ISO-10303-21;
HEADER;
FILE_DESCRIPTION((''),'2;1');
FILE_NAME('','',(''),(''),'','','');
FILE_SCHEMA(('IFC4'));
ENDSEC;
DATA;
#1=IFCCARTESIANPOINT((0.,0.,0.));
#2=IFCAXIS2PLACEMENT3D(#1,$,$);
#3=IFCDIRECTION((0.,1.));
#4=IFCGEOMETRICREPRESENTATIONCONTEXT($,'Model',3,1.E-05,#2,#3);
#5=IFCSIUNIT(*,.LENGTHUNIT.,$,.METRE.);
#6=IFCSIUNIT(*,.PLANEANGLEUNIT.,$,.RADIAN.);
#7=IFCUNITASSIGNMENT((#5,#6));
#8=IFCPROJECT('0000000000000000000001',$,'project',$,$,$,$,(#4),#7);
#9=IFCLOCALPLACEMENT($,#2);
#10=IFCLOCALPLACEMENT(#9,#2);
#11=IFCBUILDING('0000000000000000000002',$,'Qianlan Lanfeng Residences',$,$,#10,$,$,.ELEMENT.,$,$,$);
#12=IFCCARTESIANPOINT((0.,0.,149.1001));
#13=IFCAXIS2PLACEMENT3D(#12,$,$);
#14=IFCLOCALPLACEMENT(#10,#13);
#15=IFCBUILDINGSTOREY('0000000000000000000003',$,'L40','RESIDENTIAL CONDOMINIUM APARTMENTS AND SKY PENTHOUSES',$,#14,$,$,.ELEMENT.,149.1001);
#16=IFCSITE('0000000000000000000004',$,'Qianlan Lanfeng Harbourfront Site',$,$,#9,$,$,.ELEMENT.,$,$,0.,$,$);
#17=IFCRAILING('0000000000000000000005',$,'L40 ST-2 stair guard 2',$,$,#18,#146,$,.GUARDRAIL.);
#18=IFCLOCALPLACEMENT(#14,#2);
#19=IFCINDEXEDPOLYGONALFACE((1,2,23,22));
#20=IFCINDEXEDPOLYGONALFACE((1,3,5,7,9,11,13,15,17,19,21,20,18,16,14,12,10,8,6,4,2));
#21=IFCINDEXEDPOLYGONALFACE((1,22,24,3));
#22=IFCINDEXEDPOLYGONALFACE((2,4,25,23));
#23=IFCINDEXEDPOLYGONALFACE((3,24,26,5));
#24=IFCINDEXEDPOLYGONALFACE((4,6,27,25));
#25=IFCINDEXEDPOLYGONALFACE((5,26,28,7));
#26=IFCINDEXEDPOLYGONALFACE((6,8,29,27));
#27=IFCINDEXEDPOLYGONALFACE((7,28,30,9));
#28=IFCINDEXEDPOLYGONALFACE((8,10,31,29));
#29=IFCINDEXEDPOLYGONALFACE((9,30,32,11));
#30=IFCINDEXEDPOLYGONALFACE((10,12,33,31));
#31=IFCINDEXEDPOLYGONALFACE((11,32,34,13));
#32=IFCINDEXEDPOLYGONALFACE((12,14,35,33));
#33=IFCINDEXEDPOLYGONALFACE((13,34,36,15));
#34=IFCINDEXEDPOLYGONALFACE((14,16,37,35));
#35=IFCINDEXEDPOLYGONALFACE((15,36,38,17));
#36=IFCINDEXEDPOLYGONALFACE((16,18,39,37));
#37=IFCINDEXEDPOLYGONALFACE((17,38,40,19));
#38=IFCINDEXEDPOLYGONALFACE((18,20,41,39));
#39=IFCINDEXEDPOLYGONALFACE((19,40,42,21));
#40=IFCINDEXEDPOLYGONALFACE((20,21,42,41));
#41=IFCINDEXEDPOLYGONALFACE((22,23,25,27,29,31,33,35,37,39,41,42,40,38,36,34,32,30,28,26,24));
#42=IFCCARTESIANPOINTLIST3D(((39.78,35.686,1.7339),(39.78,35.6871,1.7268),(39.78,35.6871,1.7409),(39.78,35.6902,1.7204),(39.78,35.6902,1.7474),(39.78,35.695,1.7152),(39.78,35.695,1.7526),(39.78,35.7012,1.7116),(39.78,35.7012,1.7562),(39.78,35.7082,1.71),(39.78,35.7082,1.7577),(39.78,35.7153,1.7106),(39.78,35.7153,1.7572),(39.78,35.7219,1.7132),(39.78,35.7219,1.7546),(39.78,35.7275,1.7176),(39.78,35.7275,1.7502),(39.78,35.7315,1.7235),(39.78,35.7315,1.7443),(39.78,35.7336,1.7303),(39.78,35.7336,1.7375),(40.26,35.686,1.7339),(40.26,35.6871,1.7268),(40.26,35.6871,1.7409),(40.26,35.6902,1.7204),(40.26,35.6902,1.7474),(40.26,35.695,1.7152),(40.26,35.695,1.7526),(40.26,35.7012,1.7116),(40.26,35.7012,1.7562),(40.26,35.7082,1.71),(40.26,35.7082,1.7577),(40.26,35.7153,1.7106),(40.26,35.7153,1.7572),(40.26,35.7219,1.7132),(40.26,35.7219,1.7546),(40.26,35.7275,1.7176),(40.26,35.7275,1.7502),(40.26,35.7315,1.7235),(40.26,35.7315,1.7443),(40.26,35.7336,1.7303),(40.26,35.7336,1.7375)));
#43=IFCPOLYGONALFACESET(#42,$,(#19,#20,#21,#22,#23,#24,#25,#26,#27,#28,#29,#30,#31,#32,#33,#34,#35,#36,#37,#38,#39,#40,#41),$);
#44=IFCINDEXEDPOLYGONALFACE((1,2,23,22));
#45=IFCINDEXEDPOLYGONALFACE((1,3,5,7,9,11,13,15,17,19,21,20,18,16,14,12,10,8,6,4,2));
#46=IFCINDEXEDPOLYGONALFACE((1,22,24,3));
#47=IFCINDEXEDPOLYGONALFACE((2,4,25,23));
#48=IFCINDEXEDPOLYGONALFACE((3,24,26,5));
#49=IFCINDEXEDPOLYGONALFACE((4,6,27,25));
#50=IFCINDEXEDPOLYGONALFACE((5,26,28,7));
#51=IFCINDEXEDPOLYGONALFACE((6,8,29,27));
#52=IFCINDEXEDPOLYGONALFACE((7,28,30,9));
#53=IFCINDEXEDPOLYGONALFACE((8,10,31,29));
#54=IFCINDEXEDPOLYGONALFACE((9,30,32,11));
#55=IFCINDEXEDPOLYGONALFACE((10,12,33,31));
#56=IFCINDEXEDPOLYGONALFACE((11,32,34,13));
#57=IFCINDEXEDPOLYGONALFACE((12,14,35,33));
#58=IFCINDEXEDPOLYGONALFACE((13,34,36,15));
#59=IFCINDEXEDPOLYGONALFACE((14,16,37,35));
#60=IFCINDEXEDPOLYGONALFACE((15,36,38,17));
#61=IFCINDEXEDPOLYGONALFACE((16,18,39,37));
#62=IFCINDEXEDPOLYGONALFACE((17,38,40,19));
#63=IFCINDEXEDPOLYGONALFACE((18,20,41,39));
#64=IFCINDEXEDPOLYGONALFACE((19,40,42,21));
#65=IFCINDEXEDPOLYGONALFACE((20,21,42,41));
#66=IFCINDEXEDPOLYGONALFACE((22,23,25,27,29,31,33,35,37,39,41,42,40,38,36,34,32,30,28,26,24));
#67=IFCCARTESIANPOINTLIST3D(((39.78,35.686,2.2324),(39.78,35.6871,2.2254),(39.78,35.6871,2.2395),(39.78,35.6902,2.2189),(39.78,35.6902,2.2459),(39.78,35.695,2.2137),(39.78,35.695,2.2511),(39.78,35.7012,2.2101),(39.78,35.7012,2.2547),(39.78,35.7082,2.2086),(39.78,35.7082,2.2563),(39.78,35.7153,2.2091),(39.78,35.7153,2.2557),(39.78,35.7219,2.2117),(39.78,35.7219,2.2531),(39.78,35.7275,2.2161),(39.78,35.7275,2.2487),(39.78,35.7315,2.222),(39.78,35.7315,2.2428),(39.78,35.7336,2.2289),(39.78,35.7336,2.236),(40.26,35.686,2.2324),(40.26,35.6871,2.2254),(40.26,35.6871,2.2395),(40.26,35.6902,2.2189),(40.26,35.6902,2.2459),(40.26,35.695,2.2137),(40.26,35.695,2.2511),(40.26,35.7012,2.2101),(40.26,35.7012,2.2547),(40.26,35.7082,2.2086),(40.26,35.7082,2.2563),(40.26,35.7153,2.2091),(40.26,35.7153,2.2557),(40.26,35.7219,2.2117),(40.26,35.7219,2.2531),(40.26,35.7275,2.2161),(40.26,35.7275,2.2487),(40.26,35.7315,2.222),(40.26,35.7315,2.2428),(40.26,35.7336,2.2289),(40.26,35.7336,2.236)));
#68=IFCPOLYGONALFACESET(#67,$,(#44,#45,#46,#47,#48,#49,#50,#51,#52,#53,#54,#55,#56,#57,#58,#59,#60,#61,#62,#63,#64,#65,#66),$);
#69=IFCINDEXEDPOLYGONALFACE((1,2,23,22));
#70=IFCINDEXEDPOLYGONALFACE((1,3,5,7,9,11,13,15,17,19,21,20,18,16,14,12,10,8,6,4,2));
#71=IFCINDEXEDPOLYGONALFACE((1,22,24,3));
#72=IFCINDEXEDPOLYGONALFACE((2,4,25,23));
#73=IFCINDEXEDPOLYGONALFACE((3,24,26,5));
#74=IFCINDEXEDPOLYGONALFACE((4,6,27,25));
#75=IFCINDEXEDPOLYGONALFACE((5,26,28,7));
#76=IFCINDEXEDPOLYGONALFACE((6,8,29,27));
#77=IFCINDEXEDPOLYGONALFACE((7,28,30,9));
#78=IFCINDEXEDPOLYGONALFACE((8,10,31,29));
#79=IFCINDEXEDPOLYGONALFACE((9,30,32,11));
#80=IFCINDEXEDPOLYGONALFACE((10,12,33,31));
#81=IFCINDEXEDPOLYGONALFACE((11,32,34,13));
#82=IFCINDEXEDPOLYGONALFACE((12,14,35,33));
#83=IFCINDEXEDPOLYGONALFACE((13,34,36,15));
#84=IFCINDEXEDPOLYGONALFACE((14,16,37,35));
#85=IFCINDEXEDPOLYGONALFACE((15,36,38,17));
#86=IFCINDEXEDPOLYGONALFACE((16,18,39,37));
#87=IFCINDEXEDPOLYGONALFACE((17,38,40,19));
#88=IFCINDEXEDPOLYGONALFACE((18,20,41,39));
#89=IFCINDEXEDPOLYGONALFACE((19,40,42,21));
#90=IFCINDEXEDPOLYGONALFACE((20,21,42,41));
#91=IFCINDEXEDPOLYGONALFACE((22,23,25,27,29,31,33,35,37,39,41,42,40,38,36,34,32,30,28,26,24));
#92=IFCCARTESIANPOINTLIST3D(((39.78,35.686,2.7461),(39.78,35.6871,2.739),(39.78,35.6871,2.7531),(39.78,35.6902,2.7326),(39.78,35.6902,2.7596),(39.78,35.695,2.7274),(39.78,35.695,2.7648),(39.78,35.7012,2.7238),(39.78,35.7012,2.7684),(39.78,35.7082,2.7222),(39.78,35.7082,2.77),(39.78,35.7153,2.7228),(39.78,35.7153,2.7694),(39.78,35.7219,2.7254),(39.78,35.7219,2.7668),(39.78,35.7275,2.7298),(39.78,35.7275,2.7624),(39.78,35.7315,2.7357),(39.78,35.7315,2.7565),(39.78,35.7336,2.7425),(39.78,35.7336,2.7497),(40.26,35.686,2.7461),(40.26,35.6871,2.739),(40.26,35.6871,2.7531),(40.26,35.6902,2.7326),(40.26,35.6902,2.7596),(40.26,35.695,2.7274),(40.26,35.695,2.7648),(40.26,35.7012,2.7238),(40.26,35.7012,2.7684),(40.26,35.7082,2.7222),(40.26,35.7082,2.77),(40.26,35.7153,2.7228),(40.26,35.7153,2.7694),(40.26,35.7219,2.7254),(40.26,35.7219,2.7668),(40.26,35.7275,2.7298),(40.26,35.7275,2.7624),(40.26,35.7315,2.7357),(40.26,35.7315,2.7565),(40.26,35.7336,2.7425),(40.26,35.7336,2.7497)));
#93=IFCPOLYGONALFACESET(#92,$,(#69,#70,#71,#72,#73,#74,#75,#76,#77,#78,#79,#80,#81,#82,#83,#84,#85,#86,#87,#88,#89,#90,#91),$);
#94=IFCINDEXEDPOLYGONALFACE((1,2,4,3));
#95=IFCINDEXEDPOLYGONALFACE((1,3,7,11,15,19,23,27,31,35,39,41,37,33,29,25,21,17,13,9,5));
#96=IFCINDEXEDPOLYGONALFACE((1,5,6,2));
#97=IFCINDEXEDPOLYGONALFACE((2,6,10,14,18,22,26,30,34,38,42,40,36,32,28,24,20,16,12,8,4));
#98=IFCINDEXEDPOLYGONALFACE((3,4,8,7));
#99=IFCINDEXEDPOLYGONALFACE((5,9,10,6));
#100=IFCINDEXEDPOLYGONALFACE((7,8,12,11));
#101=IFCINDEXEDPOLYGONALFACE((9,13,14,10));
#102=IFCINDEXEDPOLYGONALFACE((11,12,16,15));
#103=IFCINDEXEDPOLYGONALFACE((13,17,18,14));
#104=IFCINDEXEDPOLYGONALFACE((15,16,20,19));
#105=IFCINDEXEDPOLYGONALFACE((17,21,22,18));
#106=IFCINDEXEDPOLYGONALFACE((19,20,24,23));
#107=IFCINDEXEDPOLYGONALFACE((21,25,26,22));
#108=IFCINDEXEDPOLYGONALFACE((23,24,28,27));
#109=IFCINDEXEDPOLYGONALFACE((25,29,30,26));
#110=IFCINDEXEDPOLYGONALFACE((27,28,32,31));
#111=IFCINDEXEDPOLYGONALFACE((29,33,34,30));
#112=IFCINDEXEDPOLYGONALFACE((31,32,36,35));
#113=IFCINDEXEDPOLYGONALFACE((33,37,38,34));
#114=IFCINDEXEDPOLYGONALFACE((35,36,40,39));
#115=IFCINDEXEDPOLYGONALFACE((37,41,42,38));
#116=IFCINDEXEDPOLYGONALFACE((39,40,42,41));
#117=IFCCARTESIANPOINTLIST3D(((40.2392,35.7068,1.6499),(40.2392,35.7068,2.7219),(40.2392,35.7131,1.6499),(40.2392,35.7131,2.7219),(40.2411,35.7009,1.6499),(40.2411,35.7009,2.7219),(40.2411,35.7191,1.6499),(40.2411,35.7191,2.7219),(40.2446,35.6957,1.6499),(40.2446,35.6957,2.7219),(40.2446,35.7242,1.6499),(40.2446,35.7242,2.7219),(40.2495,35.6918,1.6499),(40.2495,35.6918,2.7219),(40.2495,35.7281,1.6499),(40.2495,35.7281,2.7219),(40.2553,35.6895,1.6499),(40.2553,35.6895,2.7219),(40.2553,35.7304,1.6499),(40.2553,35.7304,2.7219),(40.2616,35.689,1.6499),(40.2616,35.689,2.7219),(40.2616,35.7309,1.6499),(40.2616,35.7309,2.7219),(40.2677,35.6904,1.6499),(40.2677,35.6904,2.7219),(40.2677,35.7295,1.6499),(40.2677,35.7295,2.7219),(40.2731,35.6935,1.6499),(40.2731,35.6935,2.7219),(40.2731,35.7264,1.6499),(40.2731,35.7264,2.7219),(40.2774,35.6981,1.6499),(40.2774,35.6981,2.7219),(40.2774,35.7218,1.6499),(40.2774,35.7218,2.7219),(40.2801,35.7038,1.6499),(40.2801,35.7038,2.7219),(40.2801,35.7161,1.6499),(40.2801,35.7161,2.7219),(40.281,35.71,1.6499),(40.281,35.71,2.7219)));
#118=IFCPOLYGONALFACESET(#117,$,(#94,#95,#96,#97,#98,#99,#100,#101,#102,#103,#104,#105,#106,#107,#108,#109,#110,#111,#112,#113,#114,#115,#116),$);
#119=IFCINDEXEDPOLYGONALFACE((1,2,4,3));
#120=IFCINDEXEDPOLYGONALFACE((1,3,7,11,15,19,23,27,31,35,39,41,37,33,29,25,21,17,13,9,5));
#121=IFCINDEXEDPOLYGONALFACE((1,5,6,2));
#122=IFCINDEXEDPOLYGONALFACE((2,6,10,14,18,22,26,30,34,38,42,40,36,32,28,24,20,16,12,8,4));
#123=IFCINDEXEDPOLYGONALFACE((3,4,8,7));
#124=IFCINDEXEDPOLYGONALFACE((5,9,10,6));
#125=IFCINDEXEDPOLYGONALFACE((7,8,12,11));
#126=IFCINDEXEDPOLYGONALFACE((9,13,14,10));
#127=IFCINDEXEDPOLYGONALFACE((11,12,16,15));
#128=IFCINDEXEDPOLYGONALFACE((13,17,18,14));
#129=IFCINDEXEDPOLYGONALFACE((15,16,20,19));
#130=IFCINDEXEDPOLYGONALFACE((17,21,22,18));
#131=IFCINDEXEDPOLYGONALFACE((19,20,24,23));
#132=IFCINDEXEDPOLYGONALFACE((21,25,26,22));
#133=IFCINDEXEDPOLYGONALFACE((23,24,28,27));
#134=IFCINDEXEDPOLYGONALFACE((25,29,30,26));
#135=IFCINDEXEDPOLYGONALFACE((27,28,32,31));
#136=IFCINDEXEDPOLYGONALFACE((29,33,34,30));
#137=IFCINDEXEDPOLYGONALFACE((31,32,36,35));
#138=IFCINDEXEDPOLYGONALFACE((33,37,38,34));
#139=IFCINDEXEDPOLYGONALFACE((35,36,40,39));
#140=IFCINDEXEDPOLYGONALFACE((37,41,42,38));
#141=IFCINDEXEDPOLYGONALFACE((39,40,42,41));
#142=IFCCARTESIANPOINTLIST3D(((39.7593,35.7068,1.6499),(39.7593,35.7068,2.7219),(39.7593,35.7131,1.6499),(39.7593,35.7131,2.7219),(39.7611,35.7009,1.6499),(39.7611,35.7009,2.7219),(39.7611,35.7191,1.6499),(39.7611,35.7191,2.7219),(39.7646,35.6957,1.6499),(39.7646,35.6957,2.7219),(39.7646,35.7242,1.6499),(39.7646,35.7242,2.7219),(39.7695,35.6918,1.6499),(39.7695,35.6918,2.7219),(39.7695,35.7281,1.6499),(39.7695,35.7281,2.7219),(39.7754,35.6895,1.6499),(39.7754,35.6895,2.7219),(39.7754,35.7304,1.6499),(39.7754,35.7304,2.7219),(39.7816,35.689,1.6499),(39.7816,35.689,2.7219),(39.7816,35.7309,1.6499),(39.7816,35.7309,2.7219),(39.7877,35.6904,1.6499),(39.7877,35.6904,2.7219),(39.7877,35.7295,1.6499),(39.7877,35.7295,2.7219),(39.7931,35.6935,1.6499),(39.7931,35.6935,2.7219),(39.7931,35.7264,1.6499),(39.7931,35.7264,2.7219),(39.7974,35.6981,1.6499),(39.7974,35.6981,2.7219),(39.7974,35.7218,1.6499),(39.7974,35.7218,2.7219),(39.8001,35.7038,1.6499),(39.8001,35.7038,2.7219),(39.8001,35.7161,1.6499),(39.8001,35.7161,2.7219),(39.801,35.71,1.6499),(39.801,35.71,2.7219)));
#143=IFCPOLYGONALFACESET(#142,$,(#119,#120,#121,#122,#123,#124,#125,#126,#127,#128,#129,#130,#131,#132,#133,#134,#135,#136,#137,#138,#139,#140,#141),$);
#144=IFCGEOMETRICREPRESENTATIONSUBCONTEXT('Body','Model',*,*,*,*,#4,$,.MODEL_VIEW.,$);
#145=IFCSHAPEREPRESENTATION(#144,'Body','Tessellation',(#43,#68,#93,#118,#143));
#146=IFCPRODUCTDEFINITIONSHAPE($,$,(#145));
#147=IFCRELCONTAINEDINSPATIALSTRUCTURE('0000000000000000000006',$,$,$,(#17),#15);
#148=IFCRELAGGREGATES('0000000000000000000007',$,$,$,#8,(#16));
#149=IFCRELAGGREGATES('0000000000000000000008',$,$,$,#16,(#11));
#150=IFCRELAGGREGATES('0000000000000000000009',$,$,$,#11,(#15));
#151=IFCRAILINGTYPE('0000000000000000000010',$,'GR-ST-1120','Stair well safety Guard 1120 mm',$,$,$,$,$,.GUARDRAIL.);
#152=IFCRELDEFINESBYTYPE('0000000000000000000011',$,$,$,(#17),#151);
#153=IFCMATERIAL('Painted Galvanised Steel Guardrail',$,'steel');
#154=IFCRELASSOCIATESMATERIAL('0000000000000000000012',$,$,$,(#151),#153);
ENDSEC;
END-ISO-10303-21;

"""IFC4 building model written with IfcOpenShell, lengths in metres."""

from ifc_helpers import new_model, si_unit, direction, frame, origin, origin_2d, place, context, subcontext, project, spatial, circle, extrude, material, type_object, element, save


model = new_model("IFC4")

# Units and contexts
model_context = context("Model", 3, precision=1e-05, world=origin(), true_north=direction((0.0, 1.0)))
body_context = subcontext(model_context, "Body", "Model", "MODEL_VIEW")
ifc_project = project(units=[si_unit("LENGTHUNIT", "METRE"), si_unit("PLANEANGLEUNIT", "RADIAN")], contexts=[model_context])

# Site, building, storey
site_placement = place(None, origin())
site = spatial("IfcSite", under=ifc_project, at=site_placement, Name="Qianlan Lanfeng Harbourfront Site", CompositionType="ELEMENT", RefElevation=0.0)
building_placement = place(site_placement, origin())
building = spatial("IfcBuilding", under=site, at=building_placement, Name="Qianlan Lanfeng Residences", CompositionType="ELEMENT")
storey_placement = place(building_placement, frame((0.0, 0.0, 149.1001)))
storey = spatial("IfcBuildingStorey", under=building, at=storey_placement, Name="L40", Description="RESIDENTIAL CONDOMINIUM APARTMENTS AND SKY PENTHOUSES", CompositionType="ELEMENT", Elevation=149.1001)

# Railing
ifc_material_1 = material(Name="Painted Galvanised Steel Guardrail", Category="steel")
railing_type_1 = type_object("IfcRailingType", Name="GR-ST-1120", Description="Stair well safety Guard 1120 mm", PredefinedType="GUARDRAIL", material=ifc_material_1)
railing_1_placement = place(storey_placement, frame((40.26, 35.71, 1.6499)))
element("IfcRailing", 1, at=railing_1_placement, inside=storey, type_object=railing_type_1, Name="L40 ST-2 stair guard 2", PredefinedType="GUARDRAIL", context=body_context, shape_type="SweptSolid", body=[
    extrude(circle(Radius=0.0239, at=origin_2d()), frame((0.0, 0.0, 0.084), z_axis=(-1.0, 0.0, 0.0), x_axis=(0.0, -1.0, 0.0)), (0.0, 0.0, 1.0), 0.48),
    extrude(circle(Radius=0.0239, at=origin_2d()), frame((0.0, 0.0, 0.5825), z_axis=(-1.0, 0.0, 0.0), x_axis=(0.0, -1.0, 0.0)), (0.0, 0.0, 1.0), 0.48),
    extrude(circle(Radius=0.0239, at=origin_2d()), frame((0.0, 0.0, 1.0962), z_axis=(-1.0, 0.0, 0.0), x_axis=(0.0, -1.0, 0.0)), (0.0, 0.0, 1.0), 0.48),
    extrude(circle(Radius=0.021, at=origin_2d()), origin(), (0.0, 0.0, 1.0), 1.072),
    extrude(circle(Radius=0.021, at=origin_2d()), frame((-0.48, 0.0, 0.0)), (0.0, 0.0, 1.0), 1.072),
])

save(model, "model.ifc")
